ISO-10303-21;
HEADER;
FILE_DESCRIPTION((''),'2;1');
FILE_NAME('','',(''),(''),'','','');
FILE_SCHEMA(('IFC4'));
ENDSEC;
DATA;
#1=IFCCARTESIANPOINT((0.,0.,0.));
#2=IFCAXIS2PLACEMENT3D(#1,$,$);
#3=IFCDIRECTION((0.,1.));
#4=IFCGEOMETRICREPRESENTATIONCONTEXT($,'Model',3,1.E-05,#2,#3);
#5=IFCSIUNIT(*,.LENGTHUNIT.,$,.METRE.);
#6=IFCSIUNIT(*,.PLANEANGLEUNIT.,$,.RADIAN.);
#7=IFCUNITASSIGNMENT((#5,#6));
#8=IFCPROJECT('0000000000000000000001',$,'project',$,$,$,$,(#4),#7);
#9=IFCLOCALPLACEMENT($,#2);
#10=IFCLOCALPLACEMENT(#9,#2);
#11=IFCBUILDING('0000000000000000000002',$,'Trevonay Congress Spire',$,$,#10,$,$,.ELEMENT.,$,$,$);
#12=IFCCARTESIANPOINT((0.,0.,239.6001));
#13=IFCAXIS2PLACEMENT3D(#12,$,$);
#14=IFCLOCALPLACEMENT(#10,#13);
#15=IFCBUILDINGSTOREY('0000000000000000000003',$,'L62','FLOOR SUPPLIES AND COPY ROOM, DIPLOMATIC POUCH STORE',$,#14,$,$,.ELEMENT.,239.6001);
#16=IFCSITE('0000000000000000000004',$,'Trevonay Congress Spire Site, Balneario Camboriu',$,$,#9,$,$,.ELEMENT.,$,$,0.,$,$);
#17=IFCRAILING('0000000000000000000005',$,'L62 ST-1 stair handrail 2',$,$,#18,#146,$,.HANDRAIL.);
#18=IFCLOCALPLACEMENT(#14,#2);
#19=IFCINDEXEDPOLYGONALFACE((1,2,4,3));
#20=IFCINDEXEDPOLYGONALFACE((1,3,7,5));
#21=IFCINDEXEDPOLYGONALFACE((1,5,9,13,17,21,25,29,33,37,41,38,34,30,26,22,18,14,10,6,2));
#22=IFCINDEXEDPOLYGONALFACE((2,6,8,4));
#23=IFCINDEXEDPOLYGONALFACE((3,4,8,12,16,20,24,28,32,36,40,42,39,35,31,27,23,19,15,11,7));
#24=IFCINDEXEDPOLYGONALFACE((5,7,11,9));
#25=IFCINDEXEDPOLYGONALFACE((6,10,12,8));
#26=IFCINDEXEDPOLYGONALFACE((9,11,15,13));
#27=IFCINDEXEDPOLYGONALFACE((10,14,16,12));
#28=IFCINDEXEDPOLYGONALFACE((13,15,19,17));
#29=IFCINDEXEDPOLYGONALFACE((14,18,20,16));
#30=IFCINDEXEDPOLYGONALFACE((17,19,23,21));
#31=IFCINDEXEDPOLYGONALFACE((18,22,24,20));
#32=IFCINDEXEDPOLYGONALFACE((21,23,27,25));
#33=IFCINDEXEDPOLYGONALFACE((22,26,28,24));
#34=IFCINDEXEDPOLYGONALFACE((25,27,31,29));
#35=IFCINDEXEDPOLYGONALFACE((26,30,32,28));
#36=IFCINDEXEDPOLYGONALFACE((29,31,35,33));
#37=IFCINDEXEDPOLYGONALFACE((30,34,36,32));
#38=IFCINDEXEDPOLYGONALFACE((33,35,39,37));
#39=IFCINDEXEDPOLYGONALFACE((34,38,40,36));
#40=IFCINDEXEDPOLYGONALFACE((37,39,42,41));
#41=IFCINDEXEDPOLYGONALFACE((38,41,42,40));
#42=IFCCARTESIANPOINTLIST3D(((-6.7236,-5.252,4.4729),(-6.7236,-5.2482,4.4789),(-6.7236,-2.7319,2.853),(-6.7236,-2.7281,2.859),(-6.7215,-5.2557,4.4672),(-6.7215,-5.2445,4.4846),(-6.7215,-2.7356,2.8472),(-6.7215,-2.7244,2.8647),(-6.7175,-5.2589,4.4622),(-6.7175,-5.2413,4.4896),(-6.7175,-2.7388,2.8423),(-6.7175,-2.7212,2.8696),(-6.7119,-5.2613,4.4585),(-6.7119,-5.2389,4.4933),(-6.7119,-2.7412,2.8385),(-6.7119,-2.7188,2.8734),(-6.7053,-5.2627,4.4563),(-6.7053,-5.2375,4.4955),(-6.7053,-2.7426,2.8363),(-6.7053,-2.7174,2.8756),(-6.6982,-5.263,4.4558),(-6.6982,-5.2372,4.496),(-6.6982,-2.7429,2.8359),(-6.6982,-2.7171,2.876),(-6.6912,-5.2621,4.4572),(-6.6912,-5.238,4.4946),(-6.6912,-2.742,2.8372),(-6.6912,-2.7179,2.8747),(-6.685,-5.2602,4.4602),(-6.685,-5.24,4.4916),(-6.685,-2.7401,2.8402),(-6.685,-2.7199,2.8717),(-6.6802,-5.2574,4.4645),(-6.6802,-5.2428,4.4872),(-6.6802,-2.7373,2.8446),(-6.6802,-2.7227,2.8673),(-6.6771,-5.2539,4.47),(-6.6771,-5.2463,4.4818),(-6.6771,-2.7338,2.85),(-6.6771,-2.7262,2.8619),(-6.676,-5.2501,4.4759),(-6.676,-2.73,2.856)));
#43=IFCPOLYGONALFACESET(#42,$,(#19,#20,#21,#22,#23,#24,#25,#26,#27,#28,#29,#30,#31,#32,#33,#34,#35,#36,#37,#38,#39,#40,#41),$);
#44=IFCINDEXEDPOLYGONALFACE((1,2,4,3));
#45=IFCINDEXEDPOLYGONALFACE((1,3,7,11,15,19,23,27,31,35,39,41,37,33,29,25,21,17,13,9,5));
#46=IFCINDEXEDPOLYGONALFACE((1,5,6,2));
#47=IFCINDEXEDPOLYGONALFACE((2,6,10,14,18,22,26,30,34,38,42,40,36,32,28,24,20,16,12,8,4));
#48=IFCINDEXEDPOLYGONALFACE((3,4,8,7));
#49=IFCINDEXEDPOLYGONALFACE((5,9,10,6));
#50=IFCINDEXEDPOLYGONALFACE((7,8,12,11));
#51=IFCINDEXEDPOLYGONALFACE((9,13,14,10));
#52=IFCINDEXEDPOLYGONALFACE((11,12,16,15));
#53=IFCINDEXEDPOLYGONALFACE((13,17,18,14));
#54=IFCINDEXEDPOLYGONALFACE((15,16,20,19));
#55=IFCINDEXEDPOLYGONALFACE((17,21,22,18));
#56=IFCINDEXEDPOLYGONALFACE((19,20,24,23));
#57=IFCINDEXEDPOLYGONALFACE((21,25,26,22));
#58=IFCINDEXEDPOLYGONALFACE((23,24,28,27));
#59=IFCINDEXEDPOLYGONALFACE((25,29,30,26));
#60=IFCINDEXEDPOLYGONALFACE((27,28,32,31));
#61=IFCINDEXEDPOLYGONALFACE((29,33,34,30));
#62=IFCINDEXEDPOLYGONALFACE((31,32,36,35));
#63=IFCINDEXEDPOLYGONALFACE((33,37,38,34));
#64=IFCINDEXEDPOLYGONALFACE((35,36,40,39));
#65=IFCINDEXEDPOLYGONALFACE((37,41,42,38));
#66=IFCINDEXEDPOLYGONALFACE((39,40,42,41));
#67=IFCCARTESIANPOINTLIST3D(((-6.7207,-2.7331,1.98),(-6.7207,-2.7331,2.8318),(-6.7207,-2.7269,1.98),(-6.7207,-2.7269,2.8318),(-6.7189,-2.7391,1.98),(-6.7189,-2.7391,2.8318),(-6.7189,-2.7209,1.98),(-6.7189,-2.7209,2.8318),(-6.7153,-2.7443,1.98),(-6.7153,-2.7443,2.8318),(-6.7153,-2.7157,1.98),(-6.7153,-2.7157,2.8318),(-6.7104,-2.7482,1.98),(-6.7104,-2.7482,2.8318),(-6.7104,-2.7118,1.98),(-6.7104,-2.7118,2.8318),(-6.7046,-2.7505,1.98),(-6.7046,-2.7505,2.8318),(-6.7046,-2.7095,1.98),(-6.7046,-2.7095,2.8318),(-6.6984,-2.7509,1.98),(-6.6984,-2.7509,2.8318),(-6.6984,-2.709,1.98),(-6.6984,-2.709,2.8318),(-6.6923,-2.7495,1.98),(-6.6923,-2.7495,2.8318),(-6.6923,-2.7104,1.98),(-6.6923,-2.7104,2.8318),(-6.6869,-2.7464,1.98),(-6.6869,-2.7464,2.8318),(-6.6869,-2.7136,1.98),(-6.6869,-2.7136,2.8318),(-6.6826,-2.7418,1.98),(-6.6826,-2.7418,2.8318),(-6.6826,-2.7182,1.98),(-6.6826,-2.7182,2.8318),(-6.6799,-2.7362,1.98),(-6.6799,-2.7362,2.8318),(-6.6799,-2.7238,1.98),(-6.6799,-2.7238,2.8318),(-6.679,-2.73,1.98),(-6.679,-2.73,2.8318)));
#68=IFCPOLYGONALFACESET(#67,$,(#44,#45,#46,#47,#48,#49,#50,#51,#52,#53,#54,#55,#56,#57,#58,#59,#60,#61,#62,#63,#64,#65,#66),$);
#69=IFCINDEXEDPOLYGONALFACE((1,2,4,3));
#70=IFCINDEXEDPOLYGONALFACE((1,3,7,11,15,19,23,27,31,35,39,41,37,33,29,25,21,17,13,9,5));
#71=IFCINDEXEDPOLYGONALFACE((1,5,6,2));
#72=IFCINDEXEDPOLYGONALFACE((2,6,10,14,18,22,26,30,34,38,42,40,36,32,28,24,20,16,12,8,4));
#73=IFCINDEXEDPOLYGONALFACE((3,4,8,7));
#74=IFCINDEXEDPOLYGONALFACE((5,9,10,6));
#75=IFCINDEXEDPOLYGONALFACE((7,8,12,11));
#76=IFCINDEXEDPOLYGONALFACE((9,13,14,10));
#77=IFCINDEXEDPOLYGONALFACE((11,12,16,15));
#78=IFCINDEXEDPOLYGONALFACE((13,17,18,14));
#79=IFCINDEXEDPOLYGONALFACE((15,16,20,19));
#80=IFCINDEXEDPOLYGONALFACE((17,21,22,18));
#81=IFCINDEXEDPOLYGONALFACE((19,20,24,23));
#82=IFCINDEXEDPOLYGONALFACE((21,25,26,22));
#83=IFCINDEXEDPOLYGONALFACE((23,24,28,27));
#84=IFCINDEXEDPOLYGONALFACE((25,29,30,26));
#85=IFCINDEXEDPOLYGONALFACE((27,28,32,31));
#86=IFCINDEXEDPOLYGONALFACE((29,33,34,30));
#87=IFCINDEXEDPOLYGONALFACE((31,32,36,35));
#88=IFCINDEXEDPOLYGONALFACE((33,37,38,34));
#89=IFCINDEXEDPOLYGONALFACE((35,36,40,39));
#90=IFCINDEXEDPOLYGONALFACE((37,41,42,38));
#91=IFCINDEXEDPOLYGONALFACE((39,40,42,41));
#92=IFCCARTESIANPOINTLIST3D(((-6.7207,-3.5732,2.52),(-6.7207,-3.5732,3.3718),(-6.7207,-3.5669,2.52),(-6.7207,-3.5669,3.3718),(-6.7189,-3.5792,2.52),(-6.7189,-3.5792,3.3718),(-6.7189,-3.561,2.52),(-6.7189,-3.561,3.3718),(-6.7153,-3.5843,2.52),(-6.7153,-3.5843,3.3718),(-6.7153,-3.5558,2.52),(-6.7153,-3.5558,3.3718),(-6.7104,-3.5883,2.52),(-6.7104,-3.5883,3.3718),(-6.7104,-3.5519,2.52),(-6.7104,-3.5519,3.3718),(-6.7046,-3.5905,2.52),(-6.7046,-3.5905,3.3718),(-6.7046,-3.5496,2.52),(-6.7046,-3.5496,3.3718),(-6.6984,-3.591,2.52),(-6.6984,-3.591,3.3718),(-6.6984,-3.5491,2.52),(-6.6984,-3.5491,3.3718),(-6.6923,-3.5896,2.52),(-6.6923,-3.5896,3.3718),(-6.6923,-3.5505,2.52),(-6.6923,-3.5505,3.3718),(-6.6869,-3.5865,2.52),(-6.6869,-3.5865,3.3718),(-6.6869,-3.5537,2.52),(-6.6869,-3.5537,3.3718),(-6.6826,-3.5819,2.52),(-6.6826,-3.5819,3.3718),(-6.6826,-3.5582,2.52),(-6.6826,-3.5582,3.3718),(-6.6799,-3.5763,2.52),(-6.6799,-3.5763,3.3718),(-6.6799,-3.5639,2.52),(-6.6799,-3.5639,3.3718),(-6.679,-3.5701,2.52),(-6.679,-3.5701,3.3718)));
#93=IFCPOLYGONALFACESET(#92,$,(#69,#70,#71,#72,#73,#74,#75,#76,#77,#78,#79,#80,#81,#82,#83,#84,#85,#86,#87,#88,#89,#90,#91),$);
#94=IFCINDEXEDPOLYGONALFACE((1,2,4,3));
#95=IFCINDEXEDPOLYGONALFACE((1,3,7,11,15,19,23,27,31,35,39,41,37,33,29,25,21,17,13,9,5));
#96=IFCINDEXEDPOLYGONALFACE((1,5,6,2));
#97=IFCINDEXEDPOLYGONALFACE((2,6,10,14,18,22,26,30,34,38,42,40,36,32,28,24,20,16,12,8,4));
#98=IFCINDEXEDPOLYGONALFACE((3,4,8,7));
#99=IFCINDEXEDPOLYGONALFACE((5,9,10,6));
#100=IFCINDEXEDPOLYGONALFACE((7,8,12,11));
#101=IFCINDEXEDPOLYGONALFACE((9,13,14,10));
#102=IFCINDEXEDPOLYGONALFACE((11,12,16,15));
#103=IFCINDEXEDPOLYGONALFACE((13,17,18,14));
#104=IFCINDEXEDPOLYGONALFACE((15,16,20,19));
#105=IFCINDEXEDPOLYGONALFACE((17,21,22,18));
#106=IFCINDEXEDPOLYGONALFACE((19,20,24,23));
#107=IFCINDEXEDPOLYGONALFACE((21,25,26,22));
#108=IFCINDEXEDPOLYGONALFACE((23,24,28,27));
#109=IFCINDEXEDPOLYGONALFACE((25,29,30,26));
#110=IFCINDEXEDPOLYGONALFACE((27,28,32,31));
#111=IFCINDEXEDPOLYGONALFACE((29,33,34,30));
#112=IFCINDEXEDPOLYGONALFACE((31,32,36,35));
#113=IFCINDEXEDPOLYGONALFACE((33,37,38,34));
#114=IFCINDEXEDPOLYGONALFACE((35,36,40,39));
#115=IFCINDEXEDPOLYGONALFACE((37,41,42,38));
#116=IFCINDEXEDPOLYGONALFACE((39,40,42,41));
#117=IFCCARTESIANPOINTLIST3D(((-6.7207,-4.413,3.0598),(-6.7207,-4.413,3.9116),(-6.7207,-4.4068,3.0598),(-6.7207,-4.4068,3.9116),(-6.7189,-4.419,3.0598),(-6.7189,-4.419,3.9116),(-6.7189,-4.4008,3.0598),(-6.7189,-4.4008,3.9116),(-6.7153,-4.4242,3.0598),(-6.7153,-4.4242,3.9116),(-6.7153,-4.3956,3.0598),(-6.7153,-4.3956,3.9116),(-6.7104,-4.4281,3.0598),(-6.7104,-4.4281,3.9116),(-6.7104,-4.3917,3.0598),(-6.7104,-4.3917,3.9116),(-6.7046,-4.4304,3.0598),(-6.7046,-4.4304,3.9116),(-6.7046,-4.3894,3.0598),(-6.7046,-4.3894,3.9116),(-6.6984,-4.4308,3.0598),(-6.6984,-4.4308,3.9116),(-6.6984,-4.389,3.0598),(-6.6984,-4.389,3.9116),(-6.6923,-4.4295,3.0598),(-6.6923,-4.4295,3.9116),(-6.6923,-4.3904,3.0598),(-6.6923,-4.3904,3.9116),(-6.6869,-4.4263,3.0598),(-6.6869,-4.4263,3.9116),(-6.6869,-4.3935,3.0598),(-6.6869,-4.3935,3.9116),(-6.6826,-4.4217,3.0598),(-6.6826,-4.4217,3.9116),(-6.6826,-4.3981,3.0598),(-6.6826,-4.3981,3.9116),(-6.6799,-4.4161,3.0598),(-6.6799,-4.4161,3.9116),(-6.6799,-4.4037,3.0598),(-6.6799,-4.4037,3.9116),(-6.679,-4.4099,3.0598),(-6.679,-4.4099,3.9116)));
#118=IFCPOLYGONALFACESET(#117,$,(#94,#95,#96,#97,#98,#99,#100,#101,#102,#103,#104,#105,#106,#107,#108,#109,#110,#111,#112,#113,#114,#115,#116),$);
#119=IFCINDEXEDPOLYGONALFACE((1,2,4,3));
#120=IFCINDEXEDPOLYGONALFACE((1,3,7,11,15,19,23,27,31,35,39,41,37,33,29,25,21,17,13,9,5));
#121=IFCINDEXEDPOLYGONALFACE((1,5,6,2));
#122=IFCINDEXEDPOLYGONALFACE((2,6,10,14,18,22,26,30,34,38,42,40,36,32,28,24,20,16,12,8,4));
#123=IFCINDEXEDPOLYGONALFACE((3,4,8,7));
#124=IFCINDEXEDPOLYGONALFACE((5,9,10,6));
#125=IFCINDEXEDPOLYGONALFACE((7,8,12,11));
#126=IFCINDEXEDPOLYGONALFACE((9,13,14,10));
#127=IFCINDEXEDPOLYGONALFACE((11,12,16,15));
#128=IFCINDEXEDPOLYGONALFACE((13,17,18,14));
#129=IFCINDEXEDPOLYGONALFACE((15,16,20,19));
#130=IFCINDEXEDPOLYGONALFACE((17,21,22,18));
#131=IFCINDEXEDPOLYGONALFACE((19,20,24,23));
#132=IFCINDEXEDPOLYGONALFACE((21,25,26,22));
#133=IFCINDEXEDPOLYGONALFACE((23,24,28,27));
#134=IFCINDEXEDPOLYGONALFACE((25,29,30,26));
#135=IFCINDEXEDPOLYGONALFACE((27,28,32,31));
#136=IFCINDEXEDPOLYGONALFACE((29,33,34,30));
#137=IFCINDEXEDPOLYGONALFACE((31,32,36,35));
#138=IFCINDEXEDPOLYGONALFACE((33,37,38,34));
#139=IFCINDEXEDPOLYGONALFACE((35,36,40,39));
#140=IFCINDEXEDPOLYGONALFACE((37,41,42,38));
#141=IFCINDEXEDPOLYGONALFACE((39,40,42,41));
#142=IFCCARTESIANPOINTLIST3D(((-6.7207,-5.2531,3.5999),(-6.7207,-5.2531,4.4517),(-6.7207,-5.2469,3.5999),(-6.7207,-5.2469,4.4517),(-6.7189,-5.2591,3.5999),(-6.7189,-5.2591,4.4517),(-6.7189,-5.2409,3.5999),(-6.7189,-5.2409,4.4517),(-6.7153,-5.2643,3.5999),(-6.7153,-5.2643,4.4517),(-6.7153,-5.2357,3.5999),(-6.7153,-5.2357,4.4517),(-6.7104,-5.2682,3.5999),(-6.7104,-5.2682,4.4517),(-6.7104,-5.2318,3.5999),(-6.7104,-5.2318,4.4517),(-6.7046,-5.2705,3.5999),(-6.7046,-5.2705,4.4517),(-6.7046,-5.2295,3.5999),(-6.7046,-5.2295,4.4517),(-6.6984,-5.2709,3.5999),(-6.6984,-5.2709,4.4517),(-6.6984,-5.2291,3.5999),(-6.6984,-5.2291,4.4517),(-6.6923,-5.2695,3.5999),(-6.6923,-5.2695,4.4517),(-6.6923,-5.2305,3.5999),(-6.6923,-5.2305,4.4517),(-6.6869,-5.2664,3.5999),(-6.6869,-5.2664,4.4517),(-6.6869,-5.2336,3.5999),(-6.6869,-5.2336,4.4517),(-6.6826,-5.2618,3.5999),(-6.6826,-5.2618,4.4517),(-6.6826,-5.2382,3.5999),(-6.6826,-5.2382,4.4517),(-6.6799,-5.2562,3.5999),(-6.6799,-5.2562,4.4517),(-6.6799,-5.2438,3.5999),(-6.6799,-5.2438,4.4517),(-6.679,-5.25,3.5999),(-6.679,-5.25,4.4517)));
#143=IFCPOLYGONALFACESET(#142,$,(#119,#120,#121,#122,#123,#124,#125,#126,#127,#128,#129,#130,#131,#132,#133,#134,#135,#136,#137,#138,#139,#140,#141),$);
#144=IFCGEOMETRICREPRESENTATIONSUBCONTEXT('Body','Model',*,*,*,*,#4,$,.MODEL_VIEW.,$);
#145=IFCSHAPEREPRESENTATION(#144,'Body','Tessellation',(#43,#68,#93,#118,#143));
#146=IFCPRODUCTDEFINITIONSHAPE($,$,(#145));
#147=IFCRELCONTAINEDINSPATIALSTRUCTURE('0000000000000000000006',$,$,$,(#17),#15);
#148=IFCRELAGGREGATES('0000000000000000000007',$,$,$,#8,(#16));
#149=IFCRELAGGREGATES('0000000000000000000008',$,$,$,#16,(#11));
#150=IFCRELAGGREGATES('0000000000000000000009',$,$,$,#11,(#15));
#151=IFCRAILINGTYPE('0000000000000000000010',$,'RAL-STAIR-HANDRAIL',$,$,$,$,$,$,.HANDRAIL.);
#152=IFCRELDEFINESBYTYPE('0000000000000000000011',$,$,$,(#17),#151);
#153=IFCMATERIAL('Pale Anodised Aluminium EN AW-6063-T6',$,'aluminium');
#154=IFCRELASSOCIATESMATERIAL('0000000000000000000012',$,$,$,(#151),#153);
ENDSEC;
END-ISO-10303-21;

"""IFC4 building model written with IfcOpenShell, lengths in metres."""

from ifc_helpers import new_model, si_unit, direction, frame, origin, origin_2d, place, context, subcontext, project, spatial, circle, extrude, material, type_object, element, save


model = new_model("IFC4")

# Units and contexts
model_context = context("Model", 3, precision=1e-05, world=origin(), true_north=direction((0.0, 1.0)))
body_context = subcontext(model_context, "Body", "Model", "MODEL_VIEW")
ifc_project = project(units=[si_unit("LENGTHUNIT", "METRE"), si_unit("PLANEANGLEUNIT", "RADIAN")], contexts=[model_context])

# Site, building, storey
site_placement = place(None, origin())
site = spatial("IfcSite", under=ifc_project, at=site_placement, Name="Trevonay Congress Spire Site, Balneario Camboriu", CompositionType="ELEMENT", RefElevation=0.0)
building_placement = place(site_placement, origin())
building = spatial("IfcBuilding", under=site, at=building_placement, Name="Trevonay Congress Spire", CompositionType="ELEMENT")
storey_placement = place(building_placement, frame((0.0, 0.0, 239.6001)))
storey = spatial("IfcBuildingStorey", under=building, at=storey_placement, Name="L62", Description="FLOOR SUPPLIES AND COPY ROOM, DIPLOMATIC POUCH STORE", CompositionType="ELEMENT", Elevation=239.6001)

# Shared definitions
ifc_material_1 = material(Name="Pale Anodised Aluminium EN AW-6063-T6", Category="aluminium")

# Railing
railing_type_1 = type_object("IfcRailingType", Name="RAL-STAIR-HANDRAIL", PredefinedType="HANDRAIL", material=ifc_material_1)
railing_1_placement = place(storey_placement, frame((-6.7, -2.73, 1.98)))
element("IfcRailing", 1, at=railing_1_placement, inside=storey, type_object=railing_type_1, Name="L62 ST-1 stair handrail 2", PredefinedType="HANDRAIL", context=body_context, shape_type="SweptSolid", body=[
    extrude(circle(Radius=0.0239, at=origin_2d()), frame((0.0, 0.0, 0.876), z_axis=(0.0, -0.8412, 0.540725), x_axis=(1.0, 0.0, 0.0)), (0.0, 0.0, 1.0), 2.9958),
    extrude(circle(Radius=0.021, at=origin_2d()), origin(), (0.0, 0.0, 1.0), 0.8518),
    extrude(circle(Radius=0.021, at=origin_2d()), frame((0.0, -0.8401, 0.54)), (0.0, 0.0, 1.0), 0.8518),
    extrude(circle(Radius=0.021, at=origin_2d()), frame((0.0, -1.6799, 1.0798)), (0.0, 0.0, 1.0), 0.8518),
    extrude(circle(Radius=0.021, at=origin_2d()), frame((0.0, -2.52, 1.6199)), (0.0, 0.0, 1.0), 0.8518),
])

save(model, "model.ifc")
